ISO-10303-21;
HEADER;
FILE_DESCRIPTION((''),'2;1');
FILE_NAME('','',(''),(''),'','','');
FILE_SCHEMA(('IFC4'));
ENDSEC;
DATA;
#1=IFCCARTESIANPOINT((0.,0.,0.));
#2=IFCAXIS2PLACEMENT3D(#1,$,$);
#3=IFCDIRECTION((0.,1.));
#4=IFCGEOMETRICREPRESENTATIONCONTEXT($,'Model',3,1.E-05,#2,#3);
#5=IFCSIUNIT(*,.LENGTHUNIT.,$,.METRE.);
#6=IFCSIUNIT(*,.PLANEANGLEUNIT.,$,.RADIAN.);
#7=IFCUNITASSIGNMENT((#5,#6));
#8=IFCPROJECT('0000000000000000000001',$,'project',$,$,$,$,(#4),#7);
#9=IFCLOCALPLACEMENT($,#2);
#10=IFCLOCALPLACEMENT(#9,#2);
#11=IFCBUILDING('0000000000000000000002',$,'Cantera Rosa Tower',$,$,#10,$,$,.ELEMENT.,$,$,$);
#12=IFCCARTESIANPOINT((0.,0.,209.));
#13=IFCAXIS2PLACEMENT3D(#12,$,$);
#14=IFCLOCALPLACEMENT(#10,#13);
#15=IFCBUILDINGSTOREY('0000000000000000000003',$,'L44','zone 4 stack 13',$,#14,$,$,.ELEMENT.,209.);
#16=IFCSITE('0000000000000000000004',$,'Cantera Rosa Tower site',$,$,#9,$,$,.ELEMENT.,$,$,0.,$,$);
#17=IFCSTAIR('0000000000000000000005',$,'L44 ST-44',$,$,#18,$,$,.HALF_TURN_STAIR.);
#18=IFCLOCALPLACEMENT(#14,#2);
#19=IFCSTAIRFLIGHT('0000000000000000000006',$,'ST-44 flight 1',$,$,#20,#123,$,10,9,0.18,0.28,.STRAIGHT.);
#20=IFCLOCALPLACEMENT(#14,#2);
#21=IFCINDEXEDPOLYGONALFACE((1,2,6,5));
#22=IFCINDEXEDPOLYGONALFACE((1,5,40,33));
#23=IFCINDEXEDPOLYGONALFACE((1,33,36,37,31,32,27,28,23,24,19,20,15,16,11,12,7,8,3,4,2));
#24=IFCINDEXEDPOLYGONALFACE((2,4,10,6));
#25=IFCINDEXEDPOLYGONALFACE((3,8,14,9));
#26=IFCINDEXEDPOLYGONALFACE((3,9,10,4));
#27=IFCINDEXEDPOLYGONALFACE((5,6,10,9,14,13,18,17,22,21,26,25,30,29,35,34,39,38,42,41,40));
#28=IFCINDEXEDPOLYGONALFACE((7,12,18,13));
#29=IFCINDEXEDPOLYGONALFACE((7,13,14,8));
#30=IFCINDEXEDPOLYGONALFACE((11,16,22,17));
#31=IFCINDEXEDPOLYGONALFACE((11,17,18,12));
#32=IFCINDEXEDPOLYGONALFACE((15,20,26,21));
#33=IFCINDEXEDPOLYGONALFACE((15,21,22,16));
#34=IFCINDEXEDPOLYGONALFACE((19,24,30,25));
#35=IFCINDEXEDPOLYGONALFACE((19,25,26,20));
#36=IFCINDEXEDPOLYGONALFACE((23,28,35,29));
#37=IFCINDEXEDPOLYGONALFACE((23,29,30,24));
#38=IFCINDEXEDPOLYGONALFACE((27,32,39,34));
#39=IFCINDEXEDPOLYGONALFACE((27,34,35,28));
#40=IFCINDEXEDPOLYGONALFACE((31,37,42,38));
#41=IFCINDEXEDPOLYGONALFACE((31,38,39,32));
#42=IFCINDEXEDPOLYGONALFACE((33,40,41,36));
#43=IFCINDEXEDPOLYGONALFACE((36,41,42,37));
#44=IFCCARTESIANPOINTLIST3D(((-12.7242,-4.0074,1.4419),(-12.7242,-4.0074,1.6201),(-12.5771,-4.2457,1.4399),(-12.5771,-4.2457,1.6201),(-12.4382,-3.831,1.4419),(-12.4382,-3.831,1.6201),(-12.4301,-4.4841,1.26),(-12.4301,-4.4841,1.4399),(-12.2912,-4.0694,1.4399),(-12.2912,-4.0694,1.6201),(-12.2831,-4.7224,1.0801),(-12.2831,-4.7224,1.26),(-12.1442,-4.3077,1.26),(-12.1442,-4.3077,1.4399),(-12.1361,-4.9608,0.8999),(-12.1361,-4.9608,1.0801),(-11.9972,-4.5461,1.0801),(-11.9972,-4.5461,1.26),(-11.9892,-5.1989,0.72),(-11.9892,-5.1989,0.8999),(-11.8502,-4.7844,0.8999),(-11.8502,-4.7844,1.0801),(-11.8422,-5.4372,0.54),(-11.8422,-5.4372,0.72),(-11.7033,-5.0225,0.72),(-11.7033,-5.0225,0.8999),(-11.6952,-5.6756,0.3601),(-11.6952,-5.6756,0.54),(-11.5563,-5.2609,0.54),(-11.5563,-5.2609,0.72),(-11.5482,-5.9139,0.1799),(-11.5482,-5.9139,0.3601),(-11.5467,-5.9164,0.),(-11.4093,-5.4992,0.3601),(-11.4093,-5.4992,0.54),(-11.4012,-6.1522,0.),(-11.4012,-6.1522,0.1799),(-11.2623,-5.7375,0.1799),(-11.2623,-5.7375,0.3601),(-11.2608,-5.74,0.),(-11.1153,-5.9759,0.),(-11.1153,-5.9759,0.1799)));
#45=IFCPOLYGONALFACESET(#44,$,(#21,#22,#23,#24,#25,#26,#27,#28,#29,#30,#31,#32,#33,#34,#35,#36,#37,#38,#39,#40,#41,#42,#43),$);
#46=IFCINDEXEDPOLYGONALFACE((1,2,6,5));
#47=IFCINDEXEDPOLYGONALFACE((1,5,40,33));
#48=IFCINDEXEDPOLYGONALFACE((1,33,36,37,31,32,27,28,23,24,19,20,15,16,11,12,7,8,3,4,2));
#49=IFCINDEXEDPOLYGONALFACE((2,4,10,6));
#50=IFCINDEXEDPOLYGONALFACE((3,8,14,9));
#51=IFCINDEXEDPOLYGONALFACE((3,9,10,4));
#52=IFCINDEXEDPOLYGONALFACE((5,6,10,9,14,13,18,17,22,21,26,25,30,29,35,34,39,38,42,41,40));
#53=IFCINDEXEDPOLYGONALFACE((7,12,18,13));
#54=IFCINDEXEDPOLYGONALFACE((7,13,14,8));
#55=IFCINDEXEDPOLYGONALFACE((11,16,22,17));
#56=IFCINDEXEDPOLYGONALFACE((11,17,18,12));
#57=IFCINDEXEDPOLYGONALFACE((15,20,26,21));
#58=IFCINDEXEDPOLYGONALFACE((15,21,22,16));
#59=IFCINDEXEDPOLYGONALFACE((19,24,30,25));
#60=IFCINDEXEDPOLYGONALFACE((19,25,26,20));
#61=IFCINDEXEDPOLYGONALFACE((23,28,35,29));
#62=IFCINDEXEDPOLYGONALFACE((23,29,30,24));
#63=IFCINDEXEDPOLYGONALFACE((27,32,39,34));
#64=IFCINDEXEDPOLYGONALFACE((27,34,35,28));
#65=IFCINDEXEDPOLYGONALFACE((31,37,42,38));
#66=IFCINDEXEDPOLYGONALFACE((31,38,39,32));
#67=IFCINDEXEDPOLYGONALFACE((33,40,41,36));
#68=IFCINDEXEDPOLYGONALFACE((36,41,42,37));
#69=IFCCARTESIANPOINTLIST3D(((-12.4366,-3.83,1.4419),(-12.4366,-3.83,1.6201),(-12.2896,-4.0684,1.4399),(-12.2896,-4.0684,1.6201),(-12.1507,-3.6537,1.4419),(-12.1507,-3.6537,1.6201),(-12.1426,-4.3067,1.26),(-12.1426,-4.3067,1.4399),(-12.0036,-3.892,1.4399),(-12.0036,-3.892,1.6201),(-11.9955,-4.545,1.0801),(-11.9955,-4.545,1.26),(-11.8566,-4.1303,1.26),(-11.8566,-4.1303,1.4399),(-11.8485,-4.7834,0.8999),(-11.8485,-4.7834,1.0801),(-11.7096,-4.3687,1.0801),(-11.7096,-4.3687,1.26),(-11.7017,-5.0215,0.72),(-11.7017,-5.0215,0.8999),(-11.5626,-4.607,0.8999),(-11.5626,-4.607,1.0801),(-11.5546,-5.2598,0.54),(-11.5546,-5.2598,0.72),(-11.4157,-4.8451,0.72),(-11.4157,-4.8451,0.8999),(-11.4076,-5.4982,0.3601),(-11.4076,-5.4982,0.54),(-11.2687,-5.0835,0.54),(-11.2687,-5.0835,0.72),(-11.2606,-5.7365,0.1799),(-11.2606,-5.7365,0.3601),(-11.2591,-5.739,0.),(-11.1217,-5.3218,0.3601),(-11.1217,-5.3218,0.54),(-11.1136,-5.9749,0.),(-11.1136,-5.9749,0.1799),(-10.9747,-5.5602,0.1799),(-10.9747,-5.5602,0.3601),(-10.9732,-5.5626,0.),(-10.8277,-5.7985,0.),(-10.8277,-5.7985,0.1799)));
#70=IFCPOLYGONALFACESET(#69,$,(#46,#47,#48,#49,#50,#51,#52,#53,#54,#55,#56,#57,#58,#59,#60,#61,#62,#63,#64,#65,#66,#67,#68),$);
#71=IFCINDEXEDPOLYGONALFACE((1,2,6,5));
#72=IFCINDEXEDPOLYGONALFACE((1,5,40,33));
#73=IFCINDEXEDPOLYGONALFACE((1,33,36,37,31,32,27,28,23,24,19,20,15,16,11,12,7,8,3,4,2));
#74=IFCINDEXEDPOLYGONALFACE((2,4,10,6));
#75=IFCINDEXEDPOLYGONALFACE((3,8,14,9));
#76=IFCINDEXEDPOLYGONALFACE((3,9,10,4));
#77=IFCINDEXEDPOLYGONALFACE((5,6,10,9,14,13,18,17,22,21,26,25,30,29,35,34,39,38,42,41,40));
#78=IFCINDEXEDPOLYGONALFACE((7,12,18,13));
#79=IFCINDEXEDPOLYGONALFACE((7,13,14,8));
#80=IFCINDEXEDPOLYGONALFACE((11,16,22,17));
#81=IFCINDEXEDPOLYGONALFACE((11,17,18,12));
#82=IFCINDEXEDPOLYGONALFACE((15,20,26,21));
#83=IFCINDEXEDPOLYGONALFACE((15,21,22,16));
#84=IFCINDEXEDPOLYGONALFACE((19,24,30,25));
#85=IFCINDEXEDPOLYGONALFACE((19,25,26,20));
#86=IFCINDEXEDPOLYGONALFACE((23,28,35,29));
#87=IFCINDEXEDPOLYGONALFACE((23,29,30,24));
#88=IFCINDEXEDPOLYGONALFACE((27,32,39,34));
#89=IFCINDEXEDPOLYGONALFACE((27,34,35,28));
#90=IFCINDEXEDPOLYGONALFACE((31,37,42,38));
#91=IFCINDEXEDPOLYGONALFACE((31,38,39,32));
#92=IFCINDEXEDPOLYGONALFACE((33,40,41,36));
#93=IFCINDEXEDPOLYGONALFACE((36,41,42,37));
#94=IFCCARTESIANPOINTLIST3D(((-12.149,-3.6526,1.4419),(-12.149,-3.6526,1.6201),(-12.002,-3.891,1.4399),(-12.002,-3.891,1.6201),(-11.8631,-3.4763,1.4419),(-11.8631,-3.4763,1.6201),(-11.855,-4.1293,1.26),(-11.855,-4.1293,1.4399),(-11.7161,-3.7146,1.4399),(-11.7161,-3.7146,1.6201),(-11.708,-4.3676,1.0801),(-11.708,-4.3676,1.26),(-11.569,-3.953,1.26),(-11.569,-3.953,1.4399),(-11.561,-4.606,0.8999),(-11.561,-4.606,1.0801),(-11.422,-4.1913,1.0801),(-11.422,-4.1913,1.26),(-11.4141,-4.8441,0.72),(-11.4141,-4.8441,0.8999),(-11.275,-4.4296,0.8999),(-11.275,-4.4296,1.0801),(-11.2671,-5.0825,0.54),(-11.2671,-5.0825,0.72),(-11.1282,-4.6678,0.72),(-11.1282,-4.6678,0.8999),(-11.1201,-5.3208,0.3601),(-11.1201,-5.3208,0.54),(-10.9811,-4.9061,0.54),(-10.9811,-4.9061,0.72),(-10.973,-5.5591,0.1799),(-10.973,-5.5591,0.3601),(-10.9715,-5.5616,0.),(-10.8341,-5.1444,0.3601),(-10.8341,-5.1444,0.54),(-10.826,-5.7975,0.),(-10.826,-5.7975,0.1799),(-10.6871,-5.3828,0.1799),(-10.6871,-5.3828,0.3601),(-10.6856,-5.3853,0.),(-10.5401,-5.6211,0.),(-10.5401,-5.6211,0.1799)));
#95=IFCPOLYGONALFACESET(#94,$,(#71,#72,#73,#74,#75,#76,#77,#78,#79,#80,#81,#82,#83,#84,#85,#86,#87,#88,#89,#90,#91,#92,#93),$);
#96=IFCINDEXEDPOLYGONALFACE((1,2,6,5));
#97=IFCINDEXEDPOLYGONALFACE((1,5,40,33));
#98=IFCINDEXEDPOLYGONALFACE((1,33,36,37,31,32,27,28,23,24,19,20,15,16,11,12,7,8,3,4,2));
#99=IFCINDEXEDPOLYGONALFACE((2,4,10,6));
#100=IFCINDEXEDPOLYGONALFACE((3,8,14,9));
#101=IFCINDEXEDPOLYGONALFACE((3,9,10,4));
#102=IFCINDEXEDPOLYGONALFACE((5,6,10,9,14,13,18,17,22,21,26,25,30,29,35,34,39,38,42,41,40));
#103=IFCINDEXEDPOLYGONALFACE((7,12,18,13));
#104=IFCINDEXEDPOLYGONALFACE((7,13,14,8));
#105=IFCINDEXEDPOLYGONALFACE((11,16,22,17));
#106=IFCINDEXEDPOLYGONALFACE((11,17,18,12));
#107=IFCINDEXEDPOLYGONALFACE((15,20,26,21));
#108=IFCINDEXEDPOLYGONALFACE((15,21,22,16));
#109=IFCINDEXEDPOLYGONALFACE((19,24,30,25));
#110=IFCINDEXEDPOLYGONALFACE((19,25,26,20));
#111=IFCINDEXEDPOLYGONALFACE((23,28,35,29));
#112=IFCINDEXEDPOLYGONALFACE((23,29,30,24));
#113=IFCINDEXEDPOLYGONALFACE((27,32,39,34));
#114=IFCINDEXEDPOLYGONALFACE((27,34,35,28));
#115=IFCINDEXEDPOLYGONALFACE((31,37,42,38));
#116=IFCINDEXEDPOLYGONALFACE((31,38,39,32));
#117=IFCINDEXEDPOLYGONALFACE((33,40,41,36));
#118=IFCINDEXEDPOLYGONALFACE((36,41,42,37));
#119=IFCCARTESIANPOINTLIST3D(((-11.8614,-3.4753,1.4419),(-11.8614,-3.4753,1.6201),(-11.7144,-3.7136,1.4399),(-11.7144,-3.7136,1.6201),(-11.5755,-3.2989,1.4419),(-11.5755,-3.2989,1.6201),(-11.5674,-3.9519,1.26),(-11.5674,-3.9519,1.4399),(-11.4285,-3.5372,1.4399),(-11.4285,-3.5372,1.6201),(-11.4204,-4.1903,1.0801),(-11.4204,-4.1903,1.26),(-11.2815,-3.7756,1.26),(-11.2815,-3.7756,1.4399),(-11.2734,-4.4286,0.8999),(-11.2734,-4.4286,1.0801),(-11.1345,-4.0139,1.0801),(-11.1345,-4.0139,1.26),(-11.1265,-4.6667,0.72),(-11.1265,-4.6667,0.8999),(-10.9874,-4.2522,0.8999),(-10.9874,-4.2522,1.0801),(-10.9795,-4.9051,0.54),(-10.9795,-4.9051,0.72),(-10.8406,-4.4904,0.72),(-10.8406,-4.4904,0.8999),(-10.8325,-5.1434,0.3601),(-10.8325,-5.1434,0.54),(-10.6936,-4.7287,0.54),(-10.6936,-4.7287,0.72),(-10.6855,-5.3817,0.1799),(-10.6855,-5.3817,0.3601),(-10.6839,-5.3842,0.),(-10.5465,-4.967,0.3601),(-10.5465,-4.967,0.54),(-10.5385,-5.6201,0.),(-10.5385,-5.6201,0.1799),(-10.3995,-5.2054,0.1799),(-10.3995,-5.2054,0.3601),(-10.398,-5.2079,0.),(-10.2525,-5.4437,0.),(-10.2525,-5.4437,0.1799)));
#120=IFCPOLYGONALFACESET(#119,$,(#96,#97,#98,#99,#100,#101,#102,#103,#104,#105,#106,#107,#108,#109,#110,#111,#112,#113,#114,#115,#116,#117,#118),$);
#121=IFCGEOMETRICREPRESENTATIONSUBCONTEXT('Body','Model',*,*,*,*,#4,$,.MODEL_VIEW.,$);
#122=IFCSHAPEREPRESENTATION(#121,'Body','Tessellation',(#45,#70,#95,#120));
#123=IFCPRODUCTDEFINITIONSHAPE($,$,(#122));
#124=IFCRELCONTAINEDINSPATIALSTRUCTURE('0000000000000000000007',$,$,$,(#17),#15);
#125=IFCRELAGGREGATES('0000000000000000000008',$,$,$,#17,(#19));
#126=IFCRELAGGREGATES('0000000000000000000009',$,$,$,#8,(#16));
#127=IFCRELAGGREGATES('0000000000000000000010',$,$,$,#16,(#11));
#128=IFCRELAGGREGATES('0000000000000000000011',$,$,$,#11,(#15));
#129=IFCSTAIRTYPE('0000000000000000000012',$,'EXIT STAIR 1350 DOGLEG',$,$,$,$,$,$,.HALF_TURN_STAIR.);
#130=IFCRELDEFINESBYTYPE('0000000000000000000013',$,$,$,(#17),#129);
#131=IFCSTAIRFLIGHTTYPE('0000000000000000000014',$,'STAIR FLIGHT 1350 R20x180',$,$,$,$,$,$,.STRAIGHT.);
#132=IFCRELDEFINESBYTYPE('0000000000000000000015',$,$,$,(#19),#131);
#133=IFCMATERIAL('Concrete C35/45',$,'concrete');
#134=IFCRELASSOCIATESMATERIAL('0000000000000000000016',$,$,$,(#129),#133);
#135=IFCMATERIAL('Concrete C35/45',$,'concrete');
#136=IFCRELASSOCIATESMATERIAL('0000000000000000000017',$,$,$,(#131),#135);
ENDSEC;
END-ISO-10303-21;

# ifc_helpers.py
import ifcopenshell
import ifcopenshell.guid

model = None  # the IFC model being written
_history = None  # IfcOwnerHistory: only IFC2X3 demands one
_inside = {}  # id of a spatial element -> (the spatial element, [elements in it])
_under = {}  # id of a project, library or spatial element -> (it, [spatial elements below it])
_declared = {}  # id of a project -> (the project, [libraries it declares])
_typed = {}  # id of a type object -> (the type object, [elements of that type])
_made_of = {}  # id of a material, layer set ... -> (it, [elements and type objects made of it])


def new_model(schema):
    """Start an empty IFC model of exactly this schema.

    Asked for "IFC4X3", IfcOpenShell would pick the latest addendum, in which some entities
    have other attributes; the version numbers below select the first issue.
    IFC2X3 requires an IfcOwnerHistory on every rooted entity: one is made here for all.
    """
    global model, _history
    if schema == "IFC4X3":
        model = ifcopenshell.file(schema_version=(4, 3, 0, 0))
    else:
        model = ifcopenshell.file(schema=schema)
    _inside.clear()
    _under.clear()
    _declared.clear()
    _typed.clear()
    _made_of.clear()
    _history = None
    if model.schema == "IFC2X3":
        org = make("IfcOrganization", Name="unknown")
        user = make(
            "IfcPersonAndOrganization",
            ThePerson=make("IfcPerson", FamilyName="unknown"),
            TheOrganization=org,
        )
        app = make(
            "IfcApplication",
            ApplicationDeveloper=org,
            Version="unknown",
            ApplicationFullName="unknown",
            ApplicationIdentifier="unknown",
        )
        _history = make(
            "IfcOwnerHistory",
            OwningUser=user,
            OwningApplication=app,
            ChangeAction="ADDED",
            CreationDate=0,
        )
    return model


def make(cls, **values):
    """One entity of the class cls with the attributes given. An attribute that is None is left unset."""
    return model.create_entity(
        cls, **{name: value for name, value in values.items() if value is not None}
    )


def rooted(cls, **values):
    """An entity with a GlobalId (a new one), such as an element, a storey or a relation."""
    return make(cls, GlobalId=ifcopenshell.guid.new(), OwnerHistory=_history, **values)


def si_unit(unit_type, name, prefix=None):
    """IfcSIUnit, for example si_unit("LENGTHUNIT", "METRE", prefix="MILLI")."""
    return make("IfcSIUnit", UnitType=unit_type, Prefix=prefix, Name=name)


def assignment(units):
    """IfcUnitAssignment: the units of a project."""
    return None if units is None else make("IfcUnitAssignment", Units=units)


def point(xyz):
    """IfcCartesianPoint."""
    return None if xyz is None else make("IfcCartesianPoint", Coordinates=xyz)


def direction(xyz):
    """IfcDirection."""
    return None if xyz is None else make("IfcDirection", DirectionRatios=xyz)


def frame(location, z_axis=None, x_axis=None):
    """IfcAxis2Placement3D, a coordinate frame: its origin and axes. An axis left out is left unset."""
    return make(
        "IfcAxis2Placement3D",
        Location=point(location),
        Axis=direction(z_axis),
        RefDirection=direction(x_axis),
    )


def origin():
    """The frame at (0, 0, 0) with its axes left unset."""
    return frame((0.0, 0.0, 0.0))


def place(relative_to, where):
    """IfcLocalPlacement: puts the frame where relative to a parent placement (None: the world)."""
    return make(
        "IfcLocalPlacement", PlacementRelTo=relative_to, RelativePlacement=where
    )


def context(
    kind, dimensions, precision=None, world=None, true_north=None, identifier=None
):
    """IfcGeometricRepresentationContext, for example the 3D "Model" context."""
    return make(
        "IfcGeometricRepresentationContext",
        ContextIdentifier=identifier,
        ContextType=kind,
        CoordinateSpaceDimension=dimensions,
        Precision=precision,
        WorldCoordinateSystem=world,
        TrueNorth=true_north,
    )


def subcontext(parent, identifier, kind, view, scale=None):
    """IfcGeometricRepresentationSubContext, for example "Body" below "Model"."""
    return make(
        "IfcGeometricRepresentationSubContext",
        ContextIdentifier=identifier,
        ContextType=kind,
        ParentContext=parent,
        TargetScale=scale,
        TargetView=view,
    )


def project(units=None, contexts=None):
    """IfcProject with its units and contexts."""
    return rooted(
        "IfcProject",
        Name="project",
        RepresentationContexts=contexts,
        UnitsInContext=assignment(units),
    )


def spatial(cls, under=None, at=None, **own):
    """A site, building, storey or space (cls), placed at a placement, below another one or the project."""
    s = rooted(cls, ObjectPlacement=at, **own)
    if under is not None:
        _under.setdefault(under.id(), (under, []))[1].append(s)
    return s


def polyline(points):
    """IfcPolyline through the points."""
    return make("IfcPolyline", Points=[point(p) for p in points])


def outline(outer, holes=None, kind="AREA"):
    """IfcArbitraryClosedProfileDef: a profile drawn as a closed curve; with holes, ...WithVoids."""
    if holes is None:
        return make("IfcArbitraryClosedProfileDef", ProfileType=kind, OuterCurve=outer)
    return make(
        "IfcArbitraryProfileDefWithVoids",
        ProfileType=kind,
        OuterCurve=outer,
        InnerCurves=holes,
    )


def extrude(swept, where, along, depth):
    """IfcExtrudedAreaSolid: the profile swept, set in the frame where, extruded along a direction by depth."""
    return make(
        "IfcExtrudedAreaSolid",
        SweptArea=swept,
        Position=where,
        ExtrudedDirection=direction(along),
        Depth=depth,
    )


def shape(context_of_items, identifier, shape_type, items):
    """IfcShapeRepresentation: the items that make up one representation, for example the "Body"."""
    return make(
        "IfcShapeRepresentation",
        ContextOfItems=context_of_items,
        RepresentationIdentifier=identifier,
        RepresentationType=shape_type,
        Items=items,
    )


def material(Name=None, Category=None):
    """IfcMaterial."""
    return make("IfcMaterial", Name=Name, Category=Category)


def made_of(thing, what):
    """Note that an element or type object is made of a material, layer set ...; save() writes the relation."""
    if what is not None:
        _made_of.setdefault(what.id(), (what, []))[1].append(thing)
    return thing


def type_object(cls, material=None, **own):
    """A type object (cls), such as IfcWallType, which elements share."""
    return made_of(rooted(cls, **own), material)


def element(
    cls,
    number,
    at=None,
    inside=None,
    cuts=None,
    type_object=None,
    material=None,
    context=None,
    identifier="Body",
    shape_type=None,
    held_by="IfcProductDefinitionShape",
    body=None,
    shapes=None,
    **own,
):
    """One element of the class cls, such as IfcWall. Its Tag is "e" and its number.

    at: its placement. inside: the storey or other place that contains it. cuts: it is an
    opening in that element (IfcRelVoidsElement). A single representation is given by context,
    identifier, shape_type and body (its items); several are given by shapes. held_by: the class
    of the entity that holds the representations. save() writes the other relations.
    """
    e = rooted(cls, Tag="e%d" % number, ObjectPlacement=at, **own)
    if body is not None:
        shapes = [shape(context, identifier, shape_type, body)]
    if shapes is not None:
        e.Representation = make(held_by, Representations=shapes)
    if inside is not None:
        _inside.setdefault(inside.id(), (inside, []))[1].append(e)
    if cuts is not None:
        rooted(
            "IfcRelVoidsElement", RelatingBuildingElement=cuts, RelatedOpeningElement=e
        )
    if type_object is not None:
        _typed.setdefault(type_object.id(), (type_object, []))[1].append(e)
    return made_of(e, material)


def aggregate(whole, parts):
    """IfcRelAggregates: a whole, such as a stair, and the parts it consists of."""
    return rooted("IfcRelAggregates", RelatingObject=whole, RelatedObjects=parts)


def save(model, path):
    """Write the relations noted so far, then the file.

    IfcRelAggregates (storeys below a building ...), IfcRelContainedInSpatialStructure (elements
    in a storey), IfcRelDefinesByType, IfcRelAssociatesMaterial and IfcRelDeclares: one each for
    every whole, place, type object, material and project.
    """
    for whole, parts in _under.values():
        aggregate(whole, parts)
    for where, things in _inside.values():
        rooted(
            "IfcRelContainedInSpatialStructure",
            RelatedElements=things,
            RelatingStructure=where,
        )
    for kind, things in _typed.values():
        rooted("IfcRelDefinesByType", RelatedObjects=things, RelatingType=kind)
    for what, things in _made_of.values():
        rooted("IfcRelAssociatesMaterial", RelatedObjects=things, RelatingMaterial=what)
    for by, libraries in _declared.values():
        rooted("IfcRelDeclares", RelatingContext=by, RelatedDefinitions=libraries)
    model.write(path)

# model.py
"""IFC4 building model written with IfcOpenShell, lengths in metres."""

from ifc_helpers import new_model, si_unit, direction, frame, origin, place, context, subcontext, project, spatial, polyline, outline, extrude, material, type_object, element, aggregate, save


model = new_model("IFC4")

# Units and contexts
model_context = context("Model", 3, precision=1e-05, world=origin(), true_north=direction((0.0, 1.0)))
body_context = subcontext(model_context, "Body", "Model", "MODEL_VIEW")
ifc_project = project(units=[si_unit("LENGTHUNIT", "METRE"), si_unit("PLANEANGLEUNIT", "RADIAN")], contexts=[model_context])

# Site, building, storey
site_placement = place(None, origin())
site = spatial("IfcSite", under=ifc_project, at=site_placement, Name="Cantera Rosa Tower site", CompositionType="ELEMENT", RefElevation=0.0)
building_placement = place(site_placement, origin())
building = spatial("IfcBuilding", under=site, at=building_placement, Name="Cantera Rosa Tower", CompositionType="ELEMENT")
storey_placement = place(building_placement, frame((0.0, 0.0, 209.0)))
storey = spatial("IfcBuildingStorey", under=building, at=storey_placement, Name="L44", Description="zone 4 stack 13", CompositionType="ELEMENT", Elevation=209.0)

# Shared definitions
ifc_material_1 = material(Name="Concrete C35/45", Category="concrete")
stair_type = type_object("IfcStairType", Name="EXIT STAIR 1350 DOGLEG", PredefinedType="HALF_TURN_STAIR", material=ifc_material_1)
ifc_material_2 = material(Name="Concrete C35/45", Category="concrete")
stair_flight_type = type_object("IfcStairFlightType", Name="STAIR FLIGHT 1350 R20x180", PredefinedType="STRAIGHT", material=ifc_material_2)

# Stair, stair flight
stair_1_placement = place(storey_placement, origin())
stair_1 = element("IfcStair", 1, at=stair_1_placement, inside=storey, type_object=stair_type, Name="L44 ST-44", PredefinedType="HALF_TURN_STAIR")
stair_flight_1_placement = place(storey_placement, frame((-10.8267, -5.7979, 0.0), z_axis=(0.0, 0.0, 1.0), x_axis=(-0.524977, 0.851117, 0.0)))
stair_flight_1 = element("IfcStairFlight", 2, at=stair_flight_1_placement, type_object=stair_flight_type, Name="ST-44 flight 1", NumberOfRisers=10, NumberOfTreads=9, PredefinedType="STRAIGHT", RiserHeight=0.18, TreadLength=0.28, context=body_context, shape_type="SweptSolid", body=[
    extrude(outline(polyline([(0.0, 0.0), (0.0, 0.1799), (0.28, 0.1799), (0.28, 0.3601), (0.5601, 0.3601), (0.5601, 0.54), (0.8401, 0.54), (0.8401, 0.72), (1.1201, 0.72), (1.1201, 0.8999), (1.3999, 0.8999), (1.3999, 1.0801), (1.6799, 1.0801), (1.6799, 1.26), (1.96, 1.26), (1.96, 1.4399), (2.24, 1.4399), (2.24, 1.6201), (2.52, 1.6201), (2.52, 1.8), (2.52, 1.4419), (0.2771, 0.0), (0.0, 0.0)])), frame((0.0, 0.675, 0.0), z_axis=(0.0, -1.0, 0.0), x_axis=(1.0, 0.0, 0.0)), (0.0, 0.0, 1.0), 0.3359),
    extrude(outline(polyline([(0.0, 0.0), (0.0, 0.1799), (0.28, 0.1799), (0.28, 0.3601), (0.5601, 0.3601), (0.5601, 0.54), (0.8401, 0.54), (0.8401, 0.72), (1.1201, 0.72), (1.1201, 0.8999), (1.3999, 0.8999), (1.3999, 1.0801), (1.6799, 1.0801), (1.6799, 1.26), (1.96, 1.26), (1.96, 1.4399), (2.24, 1.4399), (2.24, 1.6201), (2.52, 1.6201), (2.52, 1.8), (2.52, 1.4419), (0.2771, 0.0), (0.0, 0.0)])), frame((0.0, 0.3372, 0.0), z_axis=(0.0, -1.0, 0.0), x_axis=(1.0, 0.0, 0.0)), (0.0, 0.0, 1.0), 0.3359),
    extrude(outline(polyline([(0.0, 0.0), (0.0, 0.1799), (0.28, 0.1799), (0.28, 0.3601), (0.5601, 0.3601), (0.5601, 0.54), (0.8401, 0.54), (0.8401, 0.72), (1.1201, 0.72), (1.1201, 0.8999), (1.3999, 0.8999), (1.3999, 1.0801), (1.6799, 1.0801), (1.6799, 1.26), (1.96, 1.26), (1.96, 1.4399), (2.24, 1.4399), (2.24, 1.6201), (2.52, 1.6201), (2.52, 1.8), (2.52, 1.4419), (0.2771, 0.0), (0.0, 0.0)])), frame((0.0, -0.0007, 0.0), z_axis=(0.0, -1.0, 0.0), x_axis=(1.0, 0.0, 0.0)), (0.0, 0.0, 1.0), 0.3359),
    extrude(outline(polyline([(0.0, 0.0), (0.0, 0.1799), (0.28, 0.1799), (0.28, 0.3601), (0.5601, 0.3601), (0.5601, 0.54), (0.8401, 0.54), (0.8401, 0.72), (1.1201, 0.72), (1.1201, 0.8999), (1.3999, 0.8999), (1.3999, 1.0801), (1.6799, 1.0801), (1.6799, 1.26), (1.96, 1.26), (1.96, 1.4399), (2.24, 1.4399), (2.24, 1.6201), (2.52, 1.6201), (2.52, 1.8), (2.52, 1.4419), (0.2771, 0.0), (0.0, 0.0)])), frame((0.0, -0.3386, 0.0), z_axis=(0.0, -1.0, 0.0), x_axis=(1.0, 0.0, 0.0)), (0.0, 0.0, 1.0), 0.3359),
])
aggregate(stair_1, [stair_flight_1])

save(model, "model.ifc")
